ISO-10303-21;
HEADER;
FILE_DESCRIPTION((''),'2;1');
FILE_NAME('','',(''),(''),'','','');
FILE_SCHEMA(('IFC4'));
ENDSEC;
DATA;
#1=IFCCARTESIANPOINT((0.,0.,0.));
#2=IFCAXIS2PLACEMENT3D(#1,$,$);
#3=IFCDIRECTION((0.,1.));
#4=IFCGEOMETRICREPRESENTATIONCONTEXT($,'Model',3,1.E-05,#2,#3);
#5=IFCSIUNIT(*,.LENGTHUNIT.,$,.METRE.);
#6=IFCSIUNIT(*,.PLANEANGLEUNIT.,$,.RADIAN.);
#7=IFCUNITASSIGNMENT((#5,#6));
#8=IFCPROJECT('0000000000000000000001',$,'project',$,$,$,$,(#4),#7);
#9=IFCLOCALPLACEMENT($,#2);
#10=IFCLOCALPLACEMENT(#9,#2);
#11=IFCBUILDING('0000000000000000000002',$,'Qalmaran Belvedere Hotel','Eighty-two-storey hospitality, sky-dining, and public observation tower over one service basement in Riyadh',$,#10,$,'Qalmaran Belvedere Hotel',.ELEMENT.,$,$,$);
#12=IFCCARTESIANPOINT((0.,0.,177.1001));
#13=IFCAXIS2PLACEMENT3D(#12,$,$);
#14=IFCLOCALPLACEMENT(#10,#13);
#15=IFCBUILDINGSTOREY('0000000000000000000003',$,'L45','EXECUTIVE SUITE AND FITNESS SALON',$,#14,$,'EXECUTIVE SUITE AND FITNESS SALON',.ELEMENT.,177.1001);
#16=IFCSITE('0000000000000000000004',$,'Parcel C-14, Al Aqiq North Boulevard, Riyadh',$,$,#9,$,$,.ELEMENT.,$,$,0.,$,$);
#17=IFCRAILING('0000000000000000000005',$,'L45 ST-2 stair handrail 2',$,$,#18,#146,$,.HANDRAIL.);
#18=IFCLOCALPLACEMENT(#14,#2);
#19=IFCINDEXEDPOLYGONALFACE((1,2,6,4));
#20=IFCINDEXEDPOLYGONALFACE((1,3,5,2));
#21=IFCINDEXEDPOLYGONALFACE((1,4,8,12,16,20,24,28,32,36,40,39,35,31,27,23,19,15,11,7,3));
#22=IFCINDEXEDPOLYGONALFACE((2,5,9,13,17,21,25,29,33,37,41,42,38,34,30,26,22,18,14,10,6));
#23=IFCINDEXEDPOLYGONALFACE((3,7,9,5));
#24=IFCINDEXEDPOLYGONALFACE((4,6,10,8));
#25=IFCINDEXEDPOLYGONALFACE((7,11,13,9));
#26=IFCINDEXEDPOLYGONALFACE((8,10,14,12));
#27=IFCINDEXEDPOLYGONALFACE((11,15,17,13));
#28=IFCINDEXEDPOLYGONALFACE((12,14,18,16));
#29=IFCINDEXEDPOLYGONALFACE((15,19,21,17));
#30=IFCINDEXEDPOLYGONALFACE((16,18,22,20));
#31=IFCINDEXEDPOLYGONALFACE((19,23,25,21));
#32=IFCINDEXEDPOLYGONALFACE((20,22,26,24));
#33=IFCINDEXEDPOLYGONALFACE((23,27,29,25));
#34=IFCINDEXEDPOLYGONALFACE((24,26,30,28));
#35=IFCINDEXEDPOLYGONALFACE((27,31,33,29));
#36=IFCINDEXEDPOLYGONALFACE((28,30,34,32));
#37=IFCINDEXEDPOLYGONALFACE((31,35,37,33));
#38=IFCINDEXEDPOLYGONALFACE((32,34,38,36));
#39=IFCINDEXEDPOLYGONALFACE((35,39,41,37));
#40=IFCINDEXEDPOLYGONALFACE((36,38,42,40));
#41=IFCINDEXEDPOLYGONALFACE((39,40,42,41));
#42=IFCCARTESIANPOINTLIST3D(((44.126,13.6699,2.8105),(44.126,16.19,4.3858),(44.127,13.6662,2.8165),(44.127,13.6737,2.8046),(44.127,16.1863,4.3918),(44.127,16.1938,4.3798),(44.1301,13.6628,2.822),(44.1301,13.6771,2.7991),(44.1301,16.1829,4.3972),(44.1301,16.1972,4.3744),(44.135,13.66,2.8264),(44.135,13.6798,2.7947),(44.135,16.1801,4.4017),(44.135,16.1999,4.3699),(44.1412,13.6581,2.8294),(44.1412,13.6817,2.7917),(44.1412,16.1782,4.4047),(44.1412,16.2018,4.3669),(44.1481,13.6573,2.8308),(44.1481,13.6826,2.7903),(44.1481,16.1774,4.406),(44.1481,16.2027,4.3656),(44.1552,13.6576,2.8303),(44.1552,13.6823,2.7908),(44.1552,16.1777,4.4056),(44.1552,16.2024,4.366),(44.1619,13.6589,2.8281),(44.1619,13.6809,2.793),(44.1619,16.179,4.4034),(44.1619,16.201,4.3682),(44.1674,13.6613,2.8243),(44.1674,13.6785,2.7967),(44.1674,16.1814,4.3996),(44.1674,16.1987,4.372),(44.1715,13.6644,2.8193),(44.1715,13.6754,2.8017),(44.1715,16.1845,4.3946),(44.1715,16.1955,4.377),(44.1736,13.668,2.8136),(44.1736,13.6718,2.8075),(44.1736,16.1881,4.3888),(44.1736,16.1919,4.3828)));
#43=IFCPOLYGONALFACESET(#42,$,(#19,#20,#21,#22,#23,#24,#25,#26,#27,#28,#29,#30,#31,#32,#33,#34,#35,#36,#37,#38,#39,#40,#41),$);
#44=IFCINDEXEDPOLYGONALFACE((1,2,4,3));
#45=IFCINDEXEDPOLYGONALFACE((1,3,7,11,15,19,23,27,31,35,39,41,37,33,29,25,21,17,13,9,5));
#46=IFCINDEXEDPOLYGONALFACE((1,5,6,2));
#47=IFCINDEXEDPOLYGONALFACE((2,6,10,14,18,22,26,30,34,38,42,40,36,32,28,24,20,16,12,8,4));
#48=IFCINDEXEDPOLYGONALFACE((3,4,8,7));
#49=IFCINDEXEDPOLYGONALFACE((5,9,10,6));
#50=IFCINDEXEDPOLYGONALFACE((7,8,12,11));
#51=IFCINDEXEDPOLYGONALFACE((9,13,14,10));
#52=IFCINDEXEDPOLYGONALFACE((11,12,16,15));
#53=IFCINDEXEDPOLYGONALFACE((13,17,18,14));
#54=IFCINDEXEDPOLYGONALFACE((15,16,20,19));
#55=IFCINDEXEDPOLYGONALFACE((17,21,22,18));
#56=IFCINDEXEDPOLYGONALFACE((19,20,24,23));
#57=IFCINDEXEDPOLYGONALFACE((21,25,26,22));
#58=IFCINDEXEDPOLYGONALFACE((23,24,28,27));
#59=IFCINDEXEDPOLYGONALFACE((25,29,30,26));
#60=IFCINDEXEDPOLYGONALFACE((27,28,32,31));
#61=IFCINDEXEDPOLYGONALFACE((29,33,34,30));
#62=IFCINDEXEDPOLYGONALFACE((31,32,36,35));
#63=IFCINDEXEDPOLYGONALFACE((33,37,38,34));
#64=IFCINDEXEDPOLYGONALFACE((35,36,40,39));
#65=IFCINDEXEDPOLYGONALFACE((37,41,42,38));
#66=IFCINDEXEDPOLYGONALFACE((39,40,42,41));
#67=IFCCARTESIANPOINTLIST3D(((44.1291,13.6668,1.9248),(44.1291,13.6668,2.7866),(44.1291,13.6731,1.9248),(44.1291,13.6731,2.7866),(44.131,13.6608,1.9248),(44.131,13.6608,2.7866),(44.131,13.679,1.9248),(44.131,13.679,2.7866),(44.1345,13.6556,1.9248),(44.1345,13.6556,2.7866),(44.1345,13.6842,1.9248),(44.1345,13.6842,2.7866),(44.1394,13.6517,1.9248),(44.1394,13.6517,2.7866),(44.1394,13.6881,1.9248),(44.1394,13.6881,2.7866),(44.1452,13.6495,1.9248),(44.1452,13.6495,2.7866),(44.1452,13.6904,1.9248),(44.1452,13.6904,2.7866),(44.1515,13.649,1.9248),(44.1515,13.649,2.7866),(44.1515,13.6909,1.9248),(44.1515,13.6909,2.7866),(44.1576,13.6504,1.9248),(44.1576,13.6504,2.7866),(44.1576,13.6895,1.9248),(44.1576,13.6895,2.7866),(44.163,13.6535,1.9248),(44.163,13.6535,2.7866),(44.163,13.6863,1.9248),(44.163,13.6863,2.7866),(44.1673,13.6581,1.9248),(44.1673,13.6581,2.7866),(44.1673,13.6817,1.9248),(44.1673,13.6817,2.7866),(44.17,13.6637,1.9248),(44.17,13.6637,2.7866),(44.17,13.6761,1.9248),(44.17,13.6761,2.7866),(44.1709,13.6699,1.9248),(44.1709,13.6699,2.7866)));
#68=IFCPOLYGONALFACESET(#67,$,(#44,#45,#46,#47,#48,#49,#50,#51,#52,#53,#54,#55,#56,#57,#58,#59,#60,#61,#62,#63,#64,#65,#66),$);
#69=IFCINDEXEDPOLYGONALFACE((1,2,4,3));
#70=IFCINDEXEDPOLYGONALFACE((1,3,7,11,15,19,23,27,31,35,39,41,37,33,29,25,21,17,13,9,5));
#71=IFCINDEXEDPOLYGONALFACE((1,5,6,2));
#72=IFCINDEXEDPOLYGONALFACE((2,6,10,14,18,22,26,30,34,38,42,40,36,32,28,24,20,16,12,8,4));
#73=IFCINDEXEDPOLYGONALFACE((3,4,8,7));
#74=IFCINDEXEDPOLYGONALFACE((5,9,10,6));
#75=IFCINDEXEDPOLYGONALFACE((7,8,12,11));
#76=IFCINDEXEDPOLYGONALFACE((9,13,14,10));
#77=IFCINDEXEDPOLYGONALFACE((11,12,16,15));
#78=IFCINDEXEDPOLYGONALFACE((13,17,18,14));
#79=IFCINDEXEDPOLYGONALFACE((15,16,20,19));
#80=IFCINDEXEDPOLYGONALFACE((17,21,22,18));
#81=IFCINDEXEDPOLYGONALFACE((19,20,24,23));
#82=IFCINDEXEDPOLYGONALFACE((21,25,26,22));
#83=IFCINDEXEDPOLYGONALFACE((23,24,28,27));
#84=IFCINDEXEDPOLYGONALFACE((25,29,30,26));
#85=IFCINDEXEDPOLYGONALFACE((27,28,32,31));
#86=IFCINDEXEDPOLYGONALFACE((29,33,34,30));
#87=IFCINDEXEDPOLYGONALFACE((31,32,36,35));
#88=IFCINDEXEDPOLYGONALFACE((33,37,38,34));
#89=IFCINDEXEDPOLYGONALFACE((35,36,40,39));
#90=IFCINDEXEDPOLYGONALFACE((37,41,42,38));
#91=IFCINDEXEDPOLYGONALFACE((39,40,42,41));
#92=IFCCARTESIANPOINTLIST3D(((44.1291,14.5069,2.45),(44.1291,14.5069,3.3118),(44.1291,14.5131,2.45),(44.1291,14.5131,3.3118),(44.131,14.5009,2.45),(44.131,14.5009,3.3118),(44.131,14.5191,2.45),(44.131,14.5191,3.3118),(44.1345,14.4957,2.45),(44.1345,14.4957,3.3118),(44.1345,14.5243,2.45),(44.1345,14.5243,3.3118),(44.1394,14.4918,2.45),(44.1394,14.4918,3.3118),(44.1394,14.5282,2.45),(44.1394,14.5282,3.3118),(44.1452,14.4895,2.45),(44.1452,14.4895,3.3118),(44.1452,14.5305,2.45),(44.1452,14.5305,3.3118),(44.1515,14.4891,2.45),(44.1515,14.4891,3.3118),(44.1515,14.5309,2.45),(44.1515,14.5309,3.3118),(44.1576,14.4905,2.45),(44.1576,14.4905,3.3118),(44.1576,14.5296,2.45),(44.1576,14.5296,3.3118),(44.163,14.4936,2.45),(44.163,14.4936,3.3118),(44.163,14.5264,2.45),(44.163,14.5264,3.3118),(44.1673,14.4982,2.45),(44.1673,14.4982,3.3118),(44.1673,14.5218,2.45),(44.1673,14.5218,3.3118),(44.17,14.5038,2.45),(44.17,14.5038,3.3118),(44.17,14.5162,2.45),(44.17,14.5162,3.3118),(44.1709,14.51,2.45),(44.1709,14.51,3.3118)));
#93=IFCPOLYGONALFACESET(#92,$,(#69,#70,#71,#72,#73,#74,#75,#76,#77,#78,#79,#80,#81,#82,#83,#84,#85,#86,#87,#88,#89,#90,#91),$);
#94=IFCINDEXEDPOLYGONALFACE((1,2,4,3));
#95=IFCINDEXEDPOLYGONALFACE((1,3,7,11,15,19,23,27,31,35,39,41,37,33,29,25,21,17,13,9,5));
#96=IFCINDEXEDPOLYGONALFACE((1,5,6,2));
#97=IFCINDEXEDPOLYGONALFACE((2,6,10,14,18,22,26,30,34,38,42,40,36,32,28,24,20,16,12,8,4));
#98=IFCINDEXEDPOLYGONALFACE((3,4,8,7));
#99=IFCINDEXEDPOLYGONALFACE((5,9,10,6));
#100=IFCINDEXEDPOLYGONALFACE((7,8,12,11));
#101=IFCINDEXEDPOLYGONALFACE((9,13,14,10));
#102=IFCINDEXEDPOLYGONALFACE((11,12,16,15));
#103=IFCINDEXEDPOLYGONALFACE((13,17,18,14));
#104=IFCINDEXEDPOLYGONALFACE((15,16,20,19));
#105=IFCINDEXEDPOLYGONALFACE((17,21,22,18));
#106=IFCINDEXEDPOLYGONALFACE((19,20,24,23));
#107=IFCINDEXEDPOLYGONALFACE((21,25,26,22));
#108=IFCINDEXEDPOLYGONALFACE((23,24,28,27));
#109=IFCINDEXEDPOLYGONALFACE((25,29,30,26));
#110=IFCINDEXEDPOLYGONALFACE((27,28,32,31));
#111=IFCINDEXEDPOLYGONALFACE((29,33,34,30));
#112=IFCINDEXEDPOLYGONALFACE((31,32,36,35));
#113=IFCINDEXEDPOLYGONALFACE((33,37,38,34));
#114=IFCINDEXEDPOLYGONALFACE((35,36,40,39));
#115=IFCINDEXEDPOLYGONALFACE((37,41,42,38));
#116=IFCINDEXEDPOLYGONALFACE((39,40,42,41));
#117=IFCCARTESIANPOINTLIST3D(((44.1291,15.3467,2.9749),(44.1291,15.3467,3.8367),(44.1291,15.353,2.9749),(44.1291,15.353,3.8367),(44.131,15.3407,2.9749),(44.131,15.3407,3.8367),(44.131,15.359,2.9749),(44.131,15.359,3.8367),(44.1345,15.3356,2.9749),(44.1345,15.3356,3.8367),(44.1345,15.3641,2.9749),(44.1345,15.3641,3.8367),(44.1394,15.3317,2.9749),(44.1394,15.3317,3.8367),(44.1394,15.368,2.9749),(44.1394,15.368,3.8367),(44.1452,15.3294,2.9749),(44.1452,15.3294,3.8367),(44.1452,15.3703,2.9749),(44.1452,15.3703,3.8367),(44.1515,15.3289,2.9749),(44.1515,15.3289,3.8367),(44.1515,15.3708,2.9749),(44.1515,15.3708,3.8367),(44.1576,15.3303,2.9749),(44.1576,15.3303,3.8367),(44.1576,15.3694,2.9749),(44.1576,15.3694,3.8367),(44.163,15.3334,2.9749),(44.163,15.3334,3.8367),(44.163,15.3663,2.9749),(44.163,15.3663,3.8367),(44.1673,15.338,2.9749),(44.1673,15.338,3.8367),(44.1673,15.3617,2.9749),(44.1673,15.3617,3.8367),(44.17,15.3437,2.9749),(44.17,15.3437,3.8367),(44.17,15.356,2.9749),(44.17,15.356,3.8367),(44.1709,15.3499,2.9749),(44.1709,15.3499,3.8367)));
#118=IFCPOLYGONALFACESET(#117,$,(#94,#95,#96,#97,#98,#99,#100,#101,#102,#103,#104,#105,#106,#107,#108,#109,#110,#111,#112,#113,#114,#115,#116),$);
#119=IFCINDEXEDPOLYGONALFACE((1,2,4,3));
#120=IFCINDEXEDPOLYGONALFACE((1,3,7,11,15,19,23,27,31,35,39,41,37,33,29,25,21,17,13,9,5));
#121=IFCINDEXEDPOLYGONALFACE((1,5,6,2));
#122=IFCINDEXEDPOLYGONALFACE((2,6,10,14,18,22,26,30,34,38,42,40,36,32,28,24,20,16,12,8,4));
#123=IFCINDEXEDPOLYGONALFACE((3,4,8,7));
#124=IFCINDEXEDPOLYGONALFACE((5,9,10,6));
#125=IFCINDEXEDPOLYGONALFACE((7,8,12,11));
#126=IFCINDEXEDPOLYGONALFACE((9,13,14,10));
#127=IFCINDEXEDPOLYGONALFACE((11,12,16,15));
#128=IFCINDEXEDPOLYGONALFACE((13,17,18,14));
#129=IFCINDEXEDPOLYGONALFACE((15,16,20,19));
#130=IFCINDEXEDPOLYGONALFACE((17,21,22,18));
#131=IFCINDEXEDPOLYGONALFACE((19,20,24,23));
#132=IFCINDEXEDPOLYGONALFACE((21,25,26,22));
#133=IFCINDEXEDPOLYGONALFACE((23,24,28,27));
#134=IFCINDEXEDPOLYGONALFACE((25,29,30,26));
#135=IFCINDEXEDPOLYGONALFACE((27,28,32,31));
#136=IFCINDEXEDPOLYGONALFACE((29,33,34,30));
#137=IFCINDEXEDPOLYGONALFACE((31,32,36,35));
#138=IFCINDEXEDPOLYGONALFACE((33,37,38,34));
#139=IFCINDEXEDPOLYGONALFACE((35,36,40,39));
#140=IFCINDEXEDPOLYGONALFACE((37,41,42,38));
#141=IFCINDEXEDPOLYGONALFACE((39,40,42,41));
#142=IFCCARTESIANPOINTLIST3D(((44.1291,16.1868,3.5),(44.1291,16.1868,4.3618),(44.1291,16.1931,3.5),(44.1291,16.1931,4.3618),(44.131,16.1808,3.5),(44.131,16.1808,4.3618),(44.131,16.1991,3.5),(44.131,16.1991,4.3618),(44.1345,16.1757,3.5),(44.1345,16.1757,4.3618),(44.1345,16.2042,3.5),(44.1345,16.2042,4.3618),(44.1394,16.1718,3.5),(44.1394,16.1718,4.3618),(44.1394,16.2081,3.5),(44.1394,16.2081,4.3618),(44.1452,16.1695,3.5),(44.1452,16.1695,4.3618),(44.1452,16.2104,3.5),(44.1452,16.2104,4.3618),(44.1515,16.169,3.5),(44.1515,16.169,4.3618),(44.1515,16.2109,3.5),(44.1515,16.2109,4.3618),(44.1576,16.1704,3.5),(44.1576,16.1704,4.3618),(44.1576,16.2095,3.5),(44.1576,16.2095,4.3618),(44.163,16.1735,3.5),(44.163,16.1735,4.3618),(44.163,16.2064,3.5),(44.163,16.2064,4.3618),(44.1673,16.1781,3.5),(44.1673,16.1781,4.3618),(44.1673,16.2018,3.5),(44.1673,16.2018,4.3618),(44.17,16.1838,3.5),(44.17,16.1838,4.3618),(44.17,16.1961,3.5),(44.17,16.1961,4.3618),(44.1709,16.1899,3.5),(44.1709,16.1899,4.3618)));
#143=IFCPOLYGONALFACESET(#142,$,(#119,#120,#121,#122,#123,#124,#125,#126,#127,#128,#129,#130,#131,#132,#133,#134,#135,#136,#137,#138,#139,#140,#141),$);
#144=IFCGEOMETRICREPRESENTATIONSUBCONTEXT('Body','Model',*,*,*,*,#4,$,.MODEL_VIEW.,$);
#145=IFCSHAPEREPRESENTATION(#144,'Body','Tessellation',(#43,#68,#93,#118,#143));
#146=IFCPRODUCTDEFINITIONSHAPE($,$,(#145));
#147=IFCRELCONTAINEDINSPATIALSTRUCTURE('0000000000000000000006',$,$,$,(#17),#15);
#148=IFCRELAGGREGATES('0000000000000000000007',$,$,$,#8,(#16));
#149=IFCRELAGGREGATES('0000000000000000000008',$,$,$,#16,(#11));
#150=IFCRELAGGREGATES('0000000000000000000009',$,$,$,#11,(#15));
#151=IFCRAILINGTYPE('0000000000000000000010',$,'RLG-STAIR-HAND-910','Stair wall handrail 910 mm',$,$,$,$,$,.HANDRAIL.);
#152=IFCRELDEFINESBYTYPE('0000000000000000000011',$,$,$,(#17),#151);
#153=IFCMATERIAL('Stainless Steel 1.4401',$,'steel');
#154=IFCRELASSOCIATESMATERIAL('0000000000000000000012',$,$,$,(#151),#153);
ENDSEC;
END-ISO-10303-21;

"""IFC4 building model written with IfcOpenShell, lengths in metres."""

from ifc_helpers import new_model, si_unit, direction, frame, origin, origin_2d, place, context, subcontext, project, spatial, circle, extrude, material, type_object, element, save


model = new_model("IFC4")

# Units and contexts
model_context = context("Model", 3, precision=1e-05, world=origin(), true_north=direction((0.0, 1.0)))
body_context = subcontext(model_context, "Body", "Model", "MODEL_VIEW")
ifc_project = project(units=[si_unit("LENGTHUNIT", "METRE"), si_unit("PLANEANGLEUNIT", "RADIAN")], contexts=[model_context])

# Site, building, storey
site_placement = place(None, origin())
site = spatial("IfcSite", under=ifc_project, at=site_placement, Name="Parcel C-14, Al Aqiq North Boulevard, Riyadh", CompositionType="ELEMENT", RefElevation=0.0)
building_placement = place(site_placement, origin())
building = spatial("IfcBuilding", under=site, at=building_placement, Name="Qalmaran Belvedere Hotel", Description="Eighty-two-storey hospitality, sky-dining, and public observation tower over one service basement in Riyadh", LongName="Qalmaran Belvedere Hotel", CompositionType="ELEMENT")
storey_placement = place(building_placement, frame((0.0, 0.0, 177.1001)))
storey = spatial("IfcBuildingStorey", under=building, at=storey_placement, Name="L45", Description="EXECUTIVE SUITE AND FITNESS SALON", LongName="EXECUTIVE SUITE AND FITNESS SALON", CompositionType="ELEMENT", Elevation=177.1001)

# Railing
ifc_material_1 = material(Name="Stainless Steel 1.4401", Category="steel")
railing_type_1 = type_object("IfcRailingType", Name="RLG-STAIR-HAND-910", Description="Stair wall handrail 910 mm", PredefinedType="HANDRAIL", material=ifc_material_1)
railing_1_placement = place(storey_placement, frame((44.1499, 13.6699, 1.9248)))
element("IfcRailing", 1, at=railing_1_placement, inside=storey, type_object=railing_type_1, Name="L45 ST-2 stair handrail 2", PredefinedType="HANDRAIL", context=body_context, shape_type="SweptSolid", body=[
    extrude(circle(Radius=0.0239, at=origin_2d()), frame((0.0, 0.0, 0.8857), z_axis=(0.0, 0.847971, 0.530043), x_axis=(-1.0, 0.0, 0.0)), (0.0, 0.0, 1.0), 2.9719),
    extrude(circle(Radius=0.021, at=origin_2d()), origin(), (0.0, 0.0, 1.0), 0.8618),
    extrude(circle(Radius=0.021, at=origin_2d()), frame((0.0, 0.8401, 0.5251)), (0.0, 0.0, 1.0), 0.8618),
    extrude(circle(Radius=0.021, at=origin_2d()), frame((0.0, 1.6799, 1.05)), (0.0, 0.0, 1.0), 0.8618),
    extrude(circle(Radius=0.021, at=origin_2d()), frame((0.0, 2.52, 1.5752)), (0.0, 0.0, 1.0), 0.8618),
])

save(model, "model.ifc")
